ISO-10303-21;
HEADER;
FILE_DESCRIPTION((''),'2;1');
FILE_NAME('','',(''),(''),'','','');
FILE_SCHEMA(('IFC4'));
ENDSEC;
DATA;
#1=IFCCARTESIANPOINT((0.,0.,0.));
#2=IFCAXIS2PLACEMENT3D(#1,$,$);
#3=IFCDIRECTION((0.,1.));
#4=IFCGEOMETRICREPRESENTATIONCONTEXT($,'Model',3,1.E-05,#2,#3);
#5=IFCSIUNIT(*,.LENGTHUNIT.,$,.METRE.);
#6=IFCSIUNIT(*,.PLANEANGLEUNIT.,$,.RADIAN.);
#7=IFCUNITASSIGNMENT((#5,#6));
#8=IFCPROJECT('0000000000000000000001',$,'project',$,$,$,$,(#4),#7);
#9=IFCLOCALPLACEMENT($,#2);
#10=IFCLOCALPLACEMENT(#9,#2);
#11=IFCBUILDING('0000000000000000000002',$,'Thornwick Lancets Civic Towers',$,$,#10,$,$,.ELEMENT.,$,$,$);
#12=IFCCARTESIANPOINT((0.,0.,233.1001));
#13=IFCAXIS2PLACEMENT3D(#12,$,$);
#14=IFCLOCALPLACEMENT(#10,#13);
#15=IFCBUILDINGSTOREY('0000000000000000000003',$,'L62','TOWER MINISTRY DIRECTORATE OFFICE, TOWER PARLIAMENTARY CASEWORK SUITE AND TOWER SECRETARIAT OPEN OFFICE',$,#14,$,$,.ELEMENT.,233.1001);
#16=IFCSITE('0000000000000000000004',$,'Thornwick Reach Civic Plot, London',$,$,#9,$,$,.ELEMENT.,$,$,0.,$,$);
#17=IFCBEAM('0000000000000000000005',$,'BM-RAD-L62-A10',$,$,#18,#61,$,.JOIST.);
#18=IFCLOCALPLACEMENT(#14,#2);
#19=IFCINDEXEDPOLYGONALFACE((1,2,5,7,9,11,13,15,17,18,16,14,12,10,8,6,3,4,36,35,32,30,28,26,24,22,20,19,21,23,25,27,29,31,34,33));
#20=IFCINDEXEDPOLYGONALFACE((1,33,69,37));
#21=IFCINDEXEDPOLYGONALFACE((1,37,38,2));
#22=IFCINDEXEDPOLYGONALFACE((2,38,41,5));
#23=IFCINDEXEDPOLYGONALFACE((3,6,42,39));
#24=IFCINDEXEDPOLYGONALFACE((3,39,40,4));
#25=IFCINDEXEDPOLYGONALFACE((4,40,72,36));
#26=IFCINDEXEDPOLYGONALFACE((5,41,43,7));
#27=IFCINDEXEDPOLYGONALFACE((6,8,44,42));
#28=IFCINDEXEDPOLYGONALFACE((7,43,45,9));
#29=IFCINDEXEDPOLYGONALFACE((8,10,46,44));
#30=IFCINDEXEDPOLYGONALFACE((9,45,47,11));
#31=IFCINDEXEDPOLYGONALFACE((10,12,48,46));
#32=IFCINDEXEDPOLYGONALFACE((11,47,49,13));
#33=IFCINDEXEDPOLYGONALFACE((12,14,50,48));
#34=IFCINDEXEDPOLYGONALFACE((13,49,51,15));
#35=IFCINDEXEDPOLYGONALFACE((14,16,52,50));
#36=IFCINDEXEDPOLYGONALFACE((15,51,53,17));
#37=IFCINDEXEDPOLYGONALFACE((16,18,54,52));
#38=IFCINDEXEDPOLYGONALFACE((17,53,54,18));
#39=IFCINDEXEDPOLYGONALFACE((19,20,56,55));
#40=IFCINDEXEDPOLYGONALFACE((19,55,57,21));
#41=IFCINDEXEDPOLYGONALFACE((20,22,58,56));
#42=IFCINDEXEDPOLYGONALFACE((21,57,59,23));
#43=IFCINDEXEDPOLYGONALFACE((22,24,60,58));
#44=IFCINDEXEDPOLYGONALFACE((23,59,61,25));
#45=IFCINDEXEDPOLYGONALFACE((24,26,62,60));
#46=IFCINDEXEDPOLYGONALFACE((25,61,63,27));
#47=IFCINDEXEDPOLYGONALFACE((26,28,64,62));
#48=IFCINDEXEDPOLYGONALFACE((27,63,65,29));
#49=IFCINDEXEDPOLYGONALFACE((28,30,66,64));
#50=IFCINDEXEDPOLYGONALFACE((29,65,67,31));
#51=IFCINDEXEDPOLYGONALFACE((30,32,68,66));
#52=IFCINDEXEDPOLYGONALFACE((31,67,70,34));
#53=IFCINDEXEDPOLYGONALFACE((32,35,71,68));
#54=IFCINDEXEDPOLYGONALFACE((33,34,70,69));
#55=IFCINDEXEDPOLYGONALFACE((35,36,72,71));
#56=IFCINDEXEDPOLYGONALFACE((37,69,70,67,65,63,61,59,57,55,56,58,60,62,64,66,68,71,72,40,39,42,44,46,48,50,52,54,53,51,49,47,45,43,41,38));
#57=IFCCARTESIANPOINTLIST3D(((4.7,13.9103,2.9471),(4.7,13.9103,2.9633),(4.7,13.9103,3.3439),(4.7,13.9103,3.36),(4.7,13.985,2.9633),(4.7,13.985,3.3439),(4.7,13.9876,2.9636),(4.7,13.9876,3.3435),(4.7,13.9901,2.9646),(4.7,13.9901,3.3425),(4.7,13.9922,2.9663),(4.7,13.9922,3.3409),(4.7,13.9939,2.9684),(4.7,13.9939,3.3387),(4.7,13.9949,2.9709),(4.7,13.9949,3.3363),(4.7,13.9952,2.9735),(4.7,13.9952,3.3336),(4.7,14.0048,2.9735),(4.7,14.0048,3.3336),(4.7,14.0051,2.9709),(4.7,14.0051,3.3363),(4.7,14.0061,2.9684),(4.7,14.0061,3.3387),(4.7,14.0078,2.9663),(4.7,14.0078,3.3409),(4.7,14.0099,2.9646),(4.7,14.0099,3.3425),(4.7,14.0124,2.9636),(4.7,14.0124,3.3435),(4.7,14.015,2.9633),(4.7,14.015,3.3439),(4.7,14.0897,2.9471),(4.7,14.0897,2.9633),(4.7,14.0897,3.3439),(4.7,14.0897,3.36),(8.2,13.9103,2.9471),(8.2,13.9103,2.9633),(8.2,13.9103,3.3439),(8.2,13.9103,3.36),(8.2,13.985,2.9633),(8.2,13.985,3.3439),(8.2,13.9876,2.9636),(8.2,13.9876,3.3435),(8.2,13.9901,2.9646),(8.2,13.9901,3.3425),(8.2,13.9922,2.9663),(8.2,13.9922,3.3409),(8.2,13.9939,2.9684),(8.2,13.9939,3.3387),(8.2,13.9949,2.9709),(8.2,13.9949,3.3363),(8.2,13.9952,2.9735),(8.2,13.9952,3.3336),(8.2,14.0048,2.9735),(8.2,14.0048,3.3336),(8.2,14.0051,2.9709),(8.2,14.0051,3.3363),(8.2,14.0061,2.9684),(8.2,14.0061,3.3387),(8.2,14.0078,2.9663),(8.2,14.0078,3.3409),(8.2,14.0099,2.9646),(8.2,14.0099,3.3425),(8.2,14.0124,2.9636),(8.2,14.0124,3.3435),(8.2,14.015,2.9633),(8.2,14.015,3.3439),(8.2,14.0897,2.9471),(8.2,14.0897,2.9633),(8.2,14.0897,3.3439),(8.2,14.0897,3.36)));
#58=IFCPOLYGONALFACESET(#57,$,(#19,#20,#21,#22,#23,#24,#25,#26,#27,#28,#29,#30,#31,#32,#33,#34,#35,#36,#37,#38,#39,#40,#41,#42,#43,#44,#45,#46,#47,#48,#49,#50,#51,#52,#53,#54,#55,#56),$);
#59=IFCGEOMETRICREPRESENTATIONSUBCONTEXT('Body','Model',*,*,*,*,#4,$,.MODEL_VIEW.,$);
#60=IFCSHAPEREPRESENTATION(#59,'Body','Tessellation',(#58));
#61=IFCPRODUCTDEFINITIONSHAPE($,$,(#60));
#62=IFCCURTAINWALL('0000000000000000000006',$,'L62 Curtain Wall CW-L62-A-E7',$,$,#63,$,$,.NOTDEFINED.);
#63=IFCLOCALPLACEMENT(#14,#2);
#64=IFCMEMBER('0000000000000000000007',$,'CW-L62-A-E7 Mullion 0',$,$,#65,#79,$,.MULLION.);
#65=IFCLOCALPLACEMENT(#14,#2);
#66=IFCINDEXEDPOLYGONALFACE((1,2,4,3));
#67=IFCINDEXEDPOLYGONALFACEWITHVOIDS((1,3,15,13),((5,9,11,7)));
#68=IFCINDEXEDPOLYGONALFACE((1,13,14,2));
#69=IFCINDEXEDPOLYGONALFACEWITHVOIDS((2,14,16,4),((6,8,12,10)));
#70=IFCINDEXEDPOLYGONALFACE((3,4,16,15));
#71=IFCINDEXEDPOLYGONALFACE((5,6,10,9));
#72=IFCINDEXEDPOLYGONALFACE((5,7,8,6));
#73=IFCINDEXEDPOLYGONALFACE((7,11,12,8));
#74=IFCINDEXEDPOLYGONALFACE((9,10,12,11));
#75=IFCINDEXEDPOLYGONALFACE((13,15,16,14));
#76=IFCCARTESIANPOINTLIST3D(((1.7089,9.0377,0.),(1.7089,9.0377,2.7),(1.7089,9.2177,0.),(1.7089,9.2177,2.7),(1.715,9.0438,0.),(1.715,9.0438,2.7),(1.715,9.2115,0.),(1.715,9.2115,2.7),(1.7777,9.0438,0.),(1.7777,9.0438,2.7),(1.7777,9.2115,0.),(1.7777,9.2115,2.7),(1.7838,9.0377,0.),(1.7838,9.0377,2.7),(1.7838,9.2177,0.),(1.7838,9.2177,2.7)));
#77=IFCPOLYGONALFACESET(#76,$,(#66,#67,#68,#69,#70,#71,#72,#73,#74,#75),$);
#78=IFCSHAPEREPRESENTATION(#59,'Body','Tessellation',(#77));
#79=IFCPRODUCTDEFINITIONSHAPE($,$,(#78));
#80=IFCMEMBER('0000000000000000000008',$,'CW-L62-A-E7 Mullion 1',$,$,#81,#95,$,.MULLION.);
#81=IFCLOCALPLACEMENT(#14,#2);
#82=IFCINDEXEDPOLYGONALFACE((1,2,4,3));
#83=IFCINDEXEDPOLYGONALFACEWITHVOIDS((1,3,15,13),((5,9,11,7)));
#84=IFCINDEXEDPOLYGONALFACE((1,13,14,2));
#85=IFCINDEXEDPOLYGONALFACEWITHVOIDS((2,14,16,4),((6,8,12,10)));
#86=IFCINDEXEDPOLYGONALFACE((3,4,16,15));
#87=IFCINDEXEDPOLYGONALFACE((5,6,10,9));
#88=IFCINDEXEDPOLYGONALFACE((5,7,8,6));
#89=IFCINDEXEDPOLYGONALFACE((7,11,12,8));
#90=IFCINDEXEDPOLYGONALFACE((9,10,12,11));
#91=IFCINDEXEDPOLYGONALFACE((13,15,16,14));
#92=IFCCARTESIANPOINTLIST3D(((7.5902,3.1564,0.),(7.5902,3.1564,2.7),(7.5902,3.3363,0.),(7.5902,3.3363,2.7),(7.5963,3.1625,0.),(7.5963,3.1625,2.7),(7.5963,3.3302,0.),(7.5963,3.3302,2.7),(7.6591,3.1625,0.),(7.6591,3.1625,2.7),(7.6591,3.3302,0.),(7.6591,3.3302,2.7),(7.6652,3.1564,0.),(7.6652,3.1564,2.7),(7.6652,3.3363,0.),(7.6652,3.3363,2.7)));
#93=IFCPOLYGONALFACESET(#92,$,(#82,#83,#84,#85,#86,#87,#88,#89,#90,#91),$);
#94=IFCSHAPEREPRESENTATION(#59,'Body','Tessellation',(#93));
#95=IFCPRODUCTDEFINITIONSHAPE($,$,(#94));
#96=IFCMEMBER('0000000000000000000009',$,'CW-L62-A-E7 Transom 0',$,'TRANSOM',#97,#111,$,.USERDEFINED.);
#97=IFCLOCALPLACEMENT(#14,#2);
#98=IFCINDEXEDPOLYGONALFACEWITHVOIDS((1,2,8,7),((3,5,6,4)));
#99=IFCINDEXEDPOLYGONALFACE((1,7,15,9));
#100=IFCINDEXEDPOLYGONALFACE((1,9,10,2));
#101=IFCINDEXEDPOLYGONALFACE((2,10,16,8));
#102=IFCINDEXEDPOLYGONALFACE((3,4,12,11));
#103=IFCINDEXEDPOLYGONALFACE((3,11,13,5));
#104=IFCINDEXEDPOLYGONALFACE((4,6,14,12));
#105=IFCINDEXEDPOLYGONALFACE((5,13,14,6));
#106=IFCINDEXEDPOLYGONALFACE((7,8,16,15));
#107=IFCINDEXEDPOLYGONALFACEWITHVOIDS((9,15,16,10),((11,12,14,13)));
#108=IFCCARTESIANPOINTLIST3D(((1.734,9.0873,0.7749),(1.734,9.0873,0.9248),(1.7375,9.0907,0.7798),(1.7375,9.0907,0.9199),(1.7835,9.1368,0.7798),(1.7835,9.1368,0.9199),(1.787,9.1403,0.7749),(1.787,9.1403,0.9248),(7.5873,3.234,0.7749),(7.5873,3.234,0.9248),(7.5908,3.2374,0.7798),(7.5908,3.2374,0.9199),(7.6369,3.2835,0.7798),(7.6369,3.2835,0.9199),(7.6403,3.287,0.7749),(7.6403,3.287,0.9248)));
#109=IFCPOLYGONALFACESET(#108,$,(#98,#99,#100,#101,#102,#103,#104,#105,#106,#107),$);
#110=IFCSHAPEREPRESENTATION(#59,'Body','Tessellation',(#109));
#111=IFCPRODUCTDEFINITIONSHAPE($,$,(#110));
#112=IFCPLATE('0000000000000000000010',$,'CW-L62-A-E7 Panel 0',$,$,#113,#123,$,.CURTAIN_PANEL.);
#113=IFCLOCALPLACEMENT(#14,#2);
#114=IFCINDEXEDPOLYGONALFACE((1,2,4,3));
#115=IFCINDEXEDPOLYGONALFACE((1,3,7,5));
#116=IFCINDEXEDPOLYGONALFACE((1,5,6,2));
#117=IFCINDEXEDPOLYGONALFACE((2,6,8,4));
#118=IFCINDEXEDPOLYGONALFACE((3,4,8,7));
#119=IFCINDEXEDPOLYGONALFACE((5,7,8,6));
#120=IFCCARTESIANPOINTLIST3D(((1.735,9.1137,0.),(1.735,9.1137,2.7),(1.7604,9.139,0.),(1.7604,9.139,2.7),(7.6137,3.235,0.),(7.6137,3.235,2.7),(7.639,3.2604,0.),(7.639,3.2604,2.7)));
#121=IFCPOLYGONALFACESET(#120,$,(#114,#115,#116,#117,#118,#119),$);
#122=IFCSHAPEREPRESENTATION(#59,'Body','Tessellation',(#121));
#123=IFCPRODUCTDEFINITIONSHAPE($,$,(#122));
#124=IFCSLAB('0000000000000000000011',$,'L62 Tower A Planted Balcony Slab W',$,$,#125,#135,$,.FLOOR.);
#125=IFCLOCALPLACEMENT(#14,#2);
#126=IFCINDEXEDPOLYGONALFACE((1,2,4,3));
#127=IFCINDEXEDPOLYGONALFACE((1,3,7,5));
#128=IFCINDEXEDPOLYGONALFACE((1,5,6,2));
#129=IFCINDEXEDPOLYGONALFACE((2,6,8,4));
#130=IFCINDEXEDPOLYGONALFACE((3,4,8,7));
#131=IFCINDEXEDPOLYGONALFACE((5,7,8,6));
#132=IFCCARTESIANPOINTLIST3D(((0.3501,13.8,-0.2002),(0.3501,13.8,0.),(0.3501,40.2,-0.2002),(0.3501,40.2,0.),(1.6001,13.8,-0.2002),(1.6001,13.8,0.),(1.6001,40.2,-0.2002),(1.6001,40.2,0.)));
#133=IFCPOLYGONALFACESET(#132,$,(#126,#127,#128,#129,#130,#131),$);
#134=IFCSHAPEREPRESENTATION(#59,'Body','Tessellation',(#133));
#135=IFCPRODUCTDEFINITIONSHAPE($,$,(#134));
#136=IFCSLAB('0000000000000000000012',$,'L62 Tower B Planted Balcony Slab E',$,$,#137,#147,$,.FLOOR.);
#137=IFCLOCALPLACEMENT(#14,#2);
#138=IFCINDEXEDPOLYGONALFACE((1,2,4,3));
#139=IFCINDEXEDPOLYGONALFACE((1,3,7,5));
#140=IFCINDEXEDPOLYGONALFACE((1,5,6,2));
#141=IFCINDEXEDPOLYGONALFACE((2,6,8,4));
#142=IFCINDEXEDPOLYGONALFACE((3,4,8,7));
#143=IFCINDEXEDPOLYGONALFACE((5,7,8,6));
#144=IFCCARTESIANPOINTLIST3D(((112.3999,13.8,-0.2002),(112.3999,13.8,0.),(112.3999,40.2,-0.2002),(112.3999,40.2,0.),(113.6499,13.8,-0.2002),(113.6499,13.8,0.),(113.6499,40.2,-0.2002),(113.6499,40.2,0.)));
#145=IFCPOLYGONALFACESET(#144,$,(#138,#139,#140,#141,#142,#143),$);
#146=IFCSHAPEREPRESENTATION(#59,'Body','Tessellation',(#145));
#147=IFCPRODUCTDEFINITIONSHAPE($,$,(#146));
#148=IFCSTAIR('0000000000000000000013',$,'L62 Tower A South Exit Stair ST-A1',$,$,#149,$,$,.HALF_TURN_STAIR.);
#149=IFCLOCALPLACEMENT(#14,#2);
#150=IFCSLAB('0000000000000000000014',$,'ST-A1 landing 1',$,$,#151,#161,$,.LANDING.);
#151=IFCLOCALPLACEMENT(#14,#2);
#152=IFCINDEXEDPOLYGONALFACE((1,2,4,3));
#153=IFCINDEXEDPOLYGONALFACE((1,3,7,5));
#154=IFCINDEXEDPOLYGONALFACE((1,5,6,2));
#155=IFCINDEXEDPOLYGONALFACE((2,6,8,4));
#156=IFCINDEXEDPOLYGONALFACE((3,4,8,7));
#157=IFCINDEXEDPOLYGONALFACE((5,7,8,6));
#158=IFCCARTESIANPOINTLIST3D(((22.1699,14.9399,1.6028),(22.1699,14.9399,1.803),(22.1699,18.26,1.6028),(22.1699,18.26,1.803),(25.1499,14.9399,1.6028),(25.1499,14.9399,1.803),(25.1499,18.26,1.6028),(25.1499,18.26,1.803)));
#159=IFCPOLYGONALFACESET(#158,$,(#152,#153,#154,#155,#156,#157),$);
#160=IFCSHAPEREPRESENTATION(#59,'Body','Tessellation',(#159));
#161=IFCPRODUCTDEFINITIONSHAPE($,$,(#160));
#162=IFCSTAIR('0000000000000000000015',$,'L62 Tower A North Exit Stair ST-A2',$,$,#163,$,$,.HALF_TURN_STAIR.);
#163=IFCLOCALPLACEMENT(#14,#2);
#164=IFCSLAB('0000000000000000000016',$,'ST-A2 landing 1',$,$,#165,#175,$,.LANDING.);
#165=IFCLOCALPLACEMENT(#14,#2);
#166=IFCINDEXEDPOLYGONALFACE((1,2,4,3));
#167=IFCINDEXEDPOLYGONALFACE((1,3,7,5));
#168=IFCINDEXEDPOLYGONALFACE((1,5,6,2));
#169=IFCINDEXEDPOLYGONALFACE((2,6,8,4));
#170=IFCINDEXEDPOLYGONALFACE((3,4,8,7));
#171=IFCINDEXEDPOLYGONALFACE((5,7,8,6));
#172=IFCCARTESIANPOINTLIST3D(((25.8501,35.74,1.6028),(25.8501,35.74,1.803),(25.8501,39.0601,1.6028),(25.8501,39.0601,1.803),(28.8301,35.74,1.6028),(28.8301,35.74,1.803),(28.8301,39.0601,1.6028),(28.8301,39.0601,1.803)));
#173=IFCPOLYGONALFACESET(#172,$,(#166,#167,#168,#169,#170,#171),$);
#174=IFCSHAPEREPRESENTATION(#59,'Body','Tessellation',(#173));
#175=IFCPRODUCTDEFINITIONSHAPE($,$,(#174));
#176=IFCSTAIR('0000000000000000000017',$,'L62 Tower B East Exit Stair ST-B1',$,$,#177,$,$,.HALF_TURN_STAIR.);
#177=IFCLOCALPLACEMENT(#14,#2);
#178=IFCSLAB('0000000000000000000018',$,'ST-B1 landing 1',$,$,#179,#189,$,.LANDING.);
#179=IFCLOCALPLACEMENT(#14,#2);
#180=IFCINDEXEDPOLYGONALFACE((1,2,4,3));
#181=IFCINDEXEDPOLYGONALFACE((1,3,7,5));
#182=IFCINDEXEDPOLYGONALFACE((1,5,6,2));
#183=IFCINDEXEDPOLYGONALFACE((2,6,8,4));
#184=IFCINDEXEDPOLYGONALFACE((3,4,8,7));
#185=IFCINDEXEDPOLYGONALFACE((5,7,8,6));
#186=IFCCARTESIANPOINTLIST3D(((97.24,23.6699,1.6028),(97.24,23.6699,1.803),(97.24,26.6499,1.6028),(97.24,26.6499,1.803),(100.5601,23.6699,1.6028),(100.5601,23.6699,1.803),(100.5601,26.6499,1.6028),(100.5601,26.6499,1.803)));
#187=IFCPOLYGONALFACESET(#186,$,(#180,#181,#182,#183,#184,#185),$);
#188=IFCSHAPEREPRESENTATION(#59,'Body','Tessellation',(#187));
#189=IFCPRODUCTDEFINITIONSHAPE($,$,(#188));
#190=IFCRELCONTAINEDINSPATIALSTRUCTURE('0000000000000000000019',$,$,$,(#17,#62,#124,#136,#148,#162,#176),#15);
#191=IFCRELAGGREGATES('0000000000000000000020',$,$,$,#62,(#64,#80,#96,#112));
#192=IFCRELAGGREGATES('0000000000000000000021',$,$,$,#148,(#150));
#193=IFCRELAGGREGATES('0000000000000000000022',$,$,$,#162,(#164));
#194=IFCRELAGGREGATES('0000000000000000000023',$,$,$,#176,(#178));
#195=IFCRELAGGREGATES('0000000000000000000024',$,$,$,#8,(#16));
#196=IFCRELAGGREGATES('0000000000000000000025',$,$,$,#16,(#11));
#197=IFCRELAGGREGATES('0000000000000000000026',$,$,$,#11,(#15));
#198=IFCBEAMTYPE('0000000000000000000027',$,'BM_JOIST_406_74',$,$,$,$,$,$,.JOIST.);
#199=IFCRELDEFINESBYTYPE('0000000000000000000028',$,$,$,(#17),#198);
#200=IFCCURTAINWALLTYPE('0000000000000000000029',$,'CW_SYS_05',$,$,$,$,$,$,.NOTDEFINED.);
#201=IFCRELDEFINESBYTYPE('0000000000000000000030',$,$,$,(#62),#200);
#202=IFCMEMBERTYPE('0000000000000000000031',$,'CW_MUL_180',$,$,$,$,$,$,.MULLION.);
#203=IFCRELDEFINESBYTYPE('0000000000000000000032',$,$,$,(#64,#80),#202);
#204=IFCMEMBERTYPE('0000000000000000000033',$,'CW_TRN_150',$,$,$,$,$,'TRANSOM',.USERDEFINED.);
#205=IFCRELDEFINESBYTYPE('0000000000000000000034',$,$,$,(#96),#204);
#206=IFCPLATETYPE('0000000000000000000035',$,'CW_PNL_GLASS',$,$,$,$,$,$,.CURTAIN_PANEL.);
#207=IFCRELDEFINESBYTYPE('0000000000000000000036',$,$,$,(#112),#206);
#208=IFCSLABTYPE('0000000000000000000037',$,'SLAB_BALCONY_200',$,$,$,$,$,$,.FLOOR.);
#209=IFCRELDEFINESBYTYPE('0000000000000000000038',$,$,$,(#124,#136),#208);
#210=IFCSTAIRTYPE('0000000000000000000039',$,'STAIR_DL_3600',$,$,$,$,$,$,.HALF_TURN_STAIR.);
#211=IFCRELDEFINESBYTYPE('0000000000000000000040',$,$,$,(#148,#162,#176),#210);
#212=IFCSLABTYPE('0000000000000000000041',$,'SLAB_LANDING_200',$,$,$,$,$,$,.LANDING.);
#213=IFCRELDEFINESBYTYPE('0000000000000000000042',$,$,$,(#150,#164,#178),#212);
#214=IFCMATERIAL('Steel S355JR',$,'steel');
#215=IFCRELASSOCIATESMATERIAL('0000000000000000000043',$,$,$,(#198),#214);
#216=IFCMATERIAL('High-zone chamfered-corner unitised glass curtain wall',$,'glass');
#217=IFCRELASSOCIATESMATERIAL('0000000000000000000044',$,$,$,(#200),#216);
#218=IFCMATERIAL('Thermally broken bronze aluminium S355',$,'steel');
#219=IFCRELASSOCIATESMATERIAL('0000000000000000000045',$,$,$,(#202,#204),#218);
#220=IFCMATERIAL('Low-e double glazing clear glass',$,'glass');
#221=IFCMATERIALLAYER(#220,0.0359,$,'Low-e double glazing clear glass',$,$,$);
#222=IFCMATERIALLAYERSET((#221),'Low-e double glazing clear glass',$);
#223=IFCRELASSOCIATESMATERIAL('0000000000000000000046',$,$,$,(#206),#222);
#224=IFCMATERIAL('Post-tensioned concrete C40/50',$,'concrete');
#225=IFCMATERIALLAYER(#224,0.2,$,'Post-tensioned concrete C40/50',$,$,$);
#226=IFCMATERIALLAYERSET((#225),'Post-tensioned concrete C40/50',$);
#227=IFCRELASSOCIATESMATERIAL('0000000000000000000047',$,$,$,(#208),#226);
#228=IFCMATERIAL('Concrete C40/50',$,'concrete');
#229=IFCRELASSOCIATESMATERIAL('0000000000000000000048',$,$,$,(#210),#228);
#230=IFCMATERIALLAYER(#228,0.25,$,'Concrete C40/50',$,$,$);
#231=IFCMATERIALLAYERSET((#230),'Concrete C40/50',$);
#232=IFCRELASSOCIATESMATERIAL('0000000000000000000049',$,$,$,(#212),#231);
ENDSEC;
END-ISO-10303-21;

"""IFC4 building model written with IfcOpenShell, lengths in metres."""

from ifc_helpers import new_model, si_unit, direction, frame, origin, origin_2d, place, context, subcontext, project, spatial, polyline, rectangle, hollow_rectangle, i_section, outline, extrude, material, layer, layer_set, material_profile, profile_set, type_object, element, aggregate, save


model = new_model("IFC4")

# Units and contexts
model_context = context("Model", 3, precision=1e-05, world=origin(), true_north=direction((0.0, 1.0)))
body_context = subcontext(model_context, "Body", "Model", "MODEL_VIEW")
ifc_project = project(units=[si_unit("LENGTHUNIT", "METRE"), si_unit("PLANEANGLEUNIT", "RADIAN")], contexts=[model_context])

# Site, building, storey
site_placement = place(None, origin())
site = spatial("IfcSite", under=ifc_project, at=site_placement, Name="Thornwick Reach Civic Plot, London", CompositionType="ELEMENT", RefElevation=0.0)
building_placement = place(site_placement, origin())
building = spatial("IfcBuilding", under=site, at=building_placement, Name="Thornwick Lancets Civic Towers", CompositionType="ELEMENT")
storey_placement = place(building_placement, frame((0.0, 0.0, 233.1001)))
storey = spatial("IfcBuildingStorey", under=building, at=storey_placement, Name="L62", Description="TOWER MINISTRY DIRECTORATE OFFICE, TOWER PARLIAMENTARY CASEWORK SUITE AND TOWER SECRETARIAT OPEN OFFICE", CompositionType="ELEMENT", Elevation=233.1001)

# Shared definitions
ifc_material_1 = material(Name="Steel S355JR", Category="steel")

# Beam
ifc_material_profile_1 = material_profile(ifc_material_1, i_section(OverallWidth=0.1794, OverallDepth=0.4128, WebThickness=0.0095, FlangeThickness=0.0161, FilletRadius=0.0103, at=origin_2d()), Name="UKB 406x178x74")
ifc_profile_set_1 = profile_set([ifc_material_profile_1], Name="Steel S355JR")
beam_type_1 = type_object("IfcBeamType", Name="BM_JOIST_406_74", PredefinedType="JOIST", material=ifc_profile_set_1)
for number, where, z_axis, x_axis, name in (
    (1, (8.2, 14.0, 3.1536), (-1.0, 0.0, 0.0), (0.0, -1.0, 0.0), "BM-RAD-L62-A10"),
):
    element("IfcBeam", number, at=place(storey_placement, frame(where, z_axis=z_axis, x_axis=x_axis)), inside=storey, type_object=beam_type_1, Name=name, PredefinedType="JOIST", context=body_context, shape_type="SweptSolid", body=[
        extrude(i_section(OverallWidth=0.1794, OverallDepth=0.4128, WebThickness=0.0095, FlangeThickness=0.0161, FilletRadius=0.0103, at=origin_2d()), origin(), (0.0, 0.0, 1.0), 3.5),
    ])

# Curtain wall, members, plate
ifc_material_2 = material(Name="High-zone chamfered-corner unitised glass curtain wall", Category="glass")
curtain_wall_type = type_object("IfcCurtainWallType", Name="CW_SYS_05", PredefinedType="NOTDEFINED", material=ifc_material_2)
curtain_wall_placement = place(storey_placement, origin())
curtain_wall = element("IfcCurtainWall", 2, at=curtain_wall_placement, inside=storey, type_object=curtain_wall_type, Name="L62 Curtain Wall CW-L62-A-E7", PredefinedType="NOTDEFINED")
ifc_material_3 = material(Name="Thermally broken bronze aluminium S355", Category="steel")
ifc_material_profile_2 = material_profile(ifc_material_3, hollow_rectangle(XDim=0.075, YDim=0.1799, WallThickness=0.0061, at=origin_2d()), Name="RHS 180x75x6")
ifc_profile_set_2 = profile_set([ifc_material_profile_2], Name="Thermally broken bronze aluminium S355")
member_type_1 = type_object("IfcMemberType", Name="CW_MUL_180", PredefinedType="MULLION", material=ifc_profile_set_2)
member_1_placement = place(storey_placement, frame((1.7463, 9.1277, 0.0), z_axis=(0.0, 0.0, 1.0), x_axis=(1.0, 0.0, 0.0)))
member_1 = element("IfcMember", 3, at=member_1_placement, type_object=member_type_1, Name="CW-L62-A-E7 Mullion 0", PredefinedType="MULLION", context=body_context, shape_type="SweptSolid", body=[
    extrude(hollow_rectangle(XDim=0.075, YDim=0.1799, WallThickness=0.0061, at=origin_2d()), origin(), (0.0, 0.0, 1.0), 2.7),
])
member_2_placement = place(storey_placement, frame((7.6277, 3.2463, 0.0), z_axis=(0.0, 0.0, 1.0), x_axis=(1.0, 0.0, 0.0)))
member_2 = element("IfcMember", 4, at=member_2_placement, type_object=member_type_1, Name="CW-L62-A-E7 Mullion 1", PredefinedType="MULLION", context=body_context, shape_type="SweptSolid", body=[
    extrude(hollow_rectangle(XDim=0.075, YDim=0.1799, WallThickness=0.0061, at=origin_2d()), origin(), (0.0, 0.0, 1.0), 2.7),
])
ifc_material_profile_3 = material_profile(ifc_material_3, hollow_rectangle(XDim=0.075, YDim=0.1499, WallThickness=0.0049, at=origin_2d()), Name="RHS 150x75x5")
ifc_profile_set_3 = profile_set([ifc_material_profile_3], Name="Thermally broken bronze aluminium S355")
member_type_2 = type_object("IfcMemberType", Name="CW_TRN_150", ElementType="TRANSOM", PredefinedType="USERDEFINED", material=ifc_profile_set_3)
member_3_placement = place(storey_placement, frame((1.7605, 9.1138, 0.8499), z_axis=(0.707107, -0.707107, 0.0), x_axis=(0.707107, 0.707107, 0.0)))
member_3 = element("IfcMember", 5, at=member_3_placement, type_object=member_type_2, Name="CW-L62-A-E7 Transom 0", ObjectType="TRANSOM", PredefinedType="USERDEFINED", context=body_context, shape_type="SweptSolid", body=[
    extrude(hollow_rectangle(XDim=0.075, YDim=0.1499, WallThickness=0.0049, at=origin_2d()), origin(), (0.0, 0.0, 1.0), 8.2778),
])
ifc_material_4 = material(Name="Low-e double glazing clear glass", Category="glass")
ifc_layer_1 = layer(ifc_material_4, 0.0359, Name="Low-e double glazing clear glass")
ifc_layer_set_1 = layer_set([ifc_layer_1], Name="Low-e double glazing clear glass")
plate_type = type_object("IfcPlateType", Name="CW_PNL_GLASS", PredefinedType="CURTAIN_PANEL", material=ifc_layer_set_1)
plate_placement = place(storey_placement, frame((4.687, 6.187, 0.0), z_axis=(0.0, 0.0, 1.0), x_axis=(0.707107, -0.707107, 0.0)))
plate = element("IfcPlate", 6, at=plate_placement, type_object=plate_type, Name="CW-L62-A-E7 Panel 0", PredefinedType="CURTAIN_PANEL", context=body_context, shape_type="SweptSolid", body=[
    extrude(rectangle(XDim=8.3137, YDim=0.0359, at=origin_2d()), origin(), (0.0, 0.0, 1.0), 2.7),
])
aggregate(curtain_wall, [member_1, member_2, member_3, plate])

# Slabs
ifc_material_5 = material(Name="Post-tensioned concrete C40/50", Category="concrete")
ifc_layer_2 = layer(ifc_material_5, 0.2, Name="Post-tensioned concrete C40/50")
ifc_layer_set_2 = layer_set([ifc_layer_2], Name="Post-tensioned concrete C40/50")
slab_type_1 = type_object("IfcSlabType", Name="SLAB_BALCONY_200", PredefinedType="FLOOR", material=ifc_layer_set_2)
slab_1_placement = place(storey_placement, frame((0.0, 0.0, -0.2002)))
element("IfcSlab", 7, at=slab_1_placement, inside=storey, type_object=slab_type_1, Name="L62 Tower A Planted Balcony Slab W", PredefinedType="FLOOR", context=body_context, shape_type="SweptSolid", body=[
    extrude(outline(polyline([(0.3501, 13.8), (1.6001, 13.8), (1.6001, 40.2), (0.3501, 40.2), (0.3501, 13.8)])), origin(), (0.0, 0.0, 1.0), 0.2002),
])
slab_2_placement = place(storey_placement, frame((0.0, 0.0, -0.2002)))
element("IfcSlab", 8, at=slab_2_placement, inside=storey, type_object=slab_type_1, Name="L62 Tower B Planted Balcony Slab E", PredefinedType="FLOOR", context=body_context, shape_type="SweptSolid", body=[
    extrude(outline(polyline([(112.3999, 13.8), (113.6499, 13.8), (113.6499, 40.2), (112.3999, 40.2), (112.3999, 13.8)])), origin(), (0.0, 0.0, 1.0), 0.2002),
])

# Stairs, slabs
ifc_material_6 = material(Name="Concrete C40/50", Category="concrete")
stair_type = type_object("IfcStairType", Name="STAIR_DL_3600", PredefinedType="HALF_TURN_STAIR", material=ifc_material_6)
stair_1_placement = place(storey_placement, origin())
stair_1 = element("IfcStair", 9, at=stair_1_placement, inside=storey, type_object=stair_type, Name="L62 Tower A South Exit Stair ST-A1", PredefinedType="HALF_TURN_STAIR")
ifc_layer_3 = layer(ifc_material_6, 0.25, Name="Concrete C40/50")
ifc_layer_set_3 = layer_set([ifc_layer_3], Name="Concrete C40/50")
slab_type_2 = type_object("IfcSlabType", Name="SLAB_LANDING_200", PredefinedType="LANDING", material=ifc_layer_set_3)
slab_3_placement = place(storey_placement, frame((0.0, 0.0, 1.6028)))
slab_3 = element("IfcSlab", 10, at=slab_3_placement, type_object=slab_type_2, Name="ST-A1 landing 1", PredefinedType="LANDING", context=body_context, shape_type="SweptSolid", body=[
    extrude(outline(polyline([(22.1699, 14.9399), (25.1499, 14.9399), (25.1499, 18.26), (22.1699, 18.26), (22.1699, 14.9399)])), origin(), (0.0, 0.0, 1.0), 0.2002),
])
aggregate(stair_1, [slab_3])
stair_2_placement = place(storey_placement, origin())
stair_2 = element("IfcStair", 11, at=stair_2_placement, inside=storey, type_object=stair_type, Name="L62 Tower A North Exit Stair ST-A2", PredefinedType="HALF_TURN_STAIR")
slab_4_placement = place(storey_placement, frame((0.0, 0.0, 1.6028)))
slab_4 = element("IfcSlab", 12, at=slab_4_placement, type_object=slab_type_2, Name="ST-A2 landing 1", PredefinedType="LANDING", context=body_context, shape_type="SweptSolid", body=[
    extrude(outline(polyline([(28.8301, 39.0601), (25.8501, 39.0601), (25.8501, 35.74), (28.8301, 35.74), (28.8301, 39.0601)])), origin(), (0.0, 0.0, 1.0), 0.2002),
])
aggregate(stair_2, [slab_4])
stair_3_placement = place(storey_placement, origin())
stair_3 = element("IfcStair", 13, at=stair_3_placement, inside=storey, type_object=stair_type, Name="L62 Tower B East Exit Stair ST-B1", PredefinedType="HALF_TURN_STAIR")
slab_5_placement = place(storey_placement, frame((0.0, 0.0, 1.6028)))
slab_5 = element("IfcSlab", 14, at=slab_5_placement, type_object=slab_type_2, Name="ST-B1 landing 1", PredefinedType="LANDING", context=body_context, shape_type="SweptSolid", body=[
    extrude(outline(polyline([(100.5601, 23.6699), (100.5601, 26.6499), (97.24, 26.6499), (97.24, 23.6699), (100.5601, 23.6699)])), origin(), (0.0, 0.0, 1.0), 0.2002),
])
aggregate(stair_3, [slab_5])

save(model, "model.ifc")
